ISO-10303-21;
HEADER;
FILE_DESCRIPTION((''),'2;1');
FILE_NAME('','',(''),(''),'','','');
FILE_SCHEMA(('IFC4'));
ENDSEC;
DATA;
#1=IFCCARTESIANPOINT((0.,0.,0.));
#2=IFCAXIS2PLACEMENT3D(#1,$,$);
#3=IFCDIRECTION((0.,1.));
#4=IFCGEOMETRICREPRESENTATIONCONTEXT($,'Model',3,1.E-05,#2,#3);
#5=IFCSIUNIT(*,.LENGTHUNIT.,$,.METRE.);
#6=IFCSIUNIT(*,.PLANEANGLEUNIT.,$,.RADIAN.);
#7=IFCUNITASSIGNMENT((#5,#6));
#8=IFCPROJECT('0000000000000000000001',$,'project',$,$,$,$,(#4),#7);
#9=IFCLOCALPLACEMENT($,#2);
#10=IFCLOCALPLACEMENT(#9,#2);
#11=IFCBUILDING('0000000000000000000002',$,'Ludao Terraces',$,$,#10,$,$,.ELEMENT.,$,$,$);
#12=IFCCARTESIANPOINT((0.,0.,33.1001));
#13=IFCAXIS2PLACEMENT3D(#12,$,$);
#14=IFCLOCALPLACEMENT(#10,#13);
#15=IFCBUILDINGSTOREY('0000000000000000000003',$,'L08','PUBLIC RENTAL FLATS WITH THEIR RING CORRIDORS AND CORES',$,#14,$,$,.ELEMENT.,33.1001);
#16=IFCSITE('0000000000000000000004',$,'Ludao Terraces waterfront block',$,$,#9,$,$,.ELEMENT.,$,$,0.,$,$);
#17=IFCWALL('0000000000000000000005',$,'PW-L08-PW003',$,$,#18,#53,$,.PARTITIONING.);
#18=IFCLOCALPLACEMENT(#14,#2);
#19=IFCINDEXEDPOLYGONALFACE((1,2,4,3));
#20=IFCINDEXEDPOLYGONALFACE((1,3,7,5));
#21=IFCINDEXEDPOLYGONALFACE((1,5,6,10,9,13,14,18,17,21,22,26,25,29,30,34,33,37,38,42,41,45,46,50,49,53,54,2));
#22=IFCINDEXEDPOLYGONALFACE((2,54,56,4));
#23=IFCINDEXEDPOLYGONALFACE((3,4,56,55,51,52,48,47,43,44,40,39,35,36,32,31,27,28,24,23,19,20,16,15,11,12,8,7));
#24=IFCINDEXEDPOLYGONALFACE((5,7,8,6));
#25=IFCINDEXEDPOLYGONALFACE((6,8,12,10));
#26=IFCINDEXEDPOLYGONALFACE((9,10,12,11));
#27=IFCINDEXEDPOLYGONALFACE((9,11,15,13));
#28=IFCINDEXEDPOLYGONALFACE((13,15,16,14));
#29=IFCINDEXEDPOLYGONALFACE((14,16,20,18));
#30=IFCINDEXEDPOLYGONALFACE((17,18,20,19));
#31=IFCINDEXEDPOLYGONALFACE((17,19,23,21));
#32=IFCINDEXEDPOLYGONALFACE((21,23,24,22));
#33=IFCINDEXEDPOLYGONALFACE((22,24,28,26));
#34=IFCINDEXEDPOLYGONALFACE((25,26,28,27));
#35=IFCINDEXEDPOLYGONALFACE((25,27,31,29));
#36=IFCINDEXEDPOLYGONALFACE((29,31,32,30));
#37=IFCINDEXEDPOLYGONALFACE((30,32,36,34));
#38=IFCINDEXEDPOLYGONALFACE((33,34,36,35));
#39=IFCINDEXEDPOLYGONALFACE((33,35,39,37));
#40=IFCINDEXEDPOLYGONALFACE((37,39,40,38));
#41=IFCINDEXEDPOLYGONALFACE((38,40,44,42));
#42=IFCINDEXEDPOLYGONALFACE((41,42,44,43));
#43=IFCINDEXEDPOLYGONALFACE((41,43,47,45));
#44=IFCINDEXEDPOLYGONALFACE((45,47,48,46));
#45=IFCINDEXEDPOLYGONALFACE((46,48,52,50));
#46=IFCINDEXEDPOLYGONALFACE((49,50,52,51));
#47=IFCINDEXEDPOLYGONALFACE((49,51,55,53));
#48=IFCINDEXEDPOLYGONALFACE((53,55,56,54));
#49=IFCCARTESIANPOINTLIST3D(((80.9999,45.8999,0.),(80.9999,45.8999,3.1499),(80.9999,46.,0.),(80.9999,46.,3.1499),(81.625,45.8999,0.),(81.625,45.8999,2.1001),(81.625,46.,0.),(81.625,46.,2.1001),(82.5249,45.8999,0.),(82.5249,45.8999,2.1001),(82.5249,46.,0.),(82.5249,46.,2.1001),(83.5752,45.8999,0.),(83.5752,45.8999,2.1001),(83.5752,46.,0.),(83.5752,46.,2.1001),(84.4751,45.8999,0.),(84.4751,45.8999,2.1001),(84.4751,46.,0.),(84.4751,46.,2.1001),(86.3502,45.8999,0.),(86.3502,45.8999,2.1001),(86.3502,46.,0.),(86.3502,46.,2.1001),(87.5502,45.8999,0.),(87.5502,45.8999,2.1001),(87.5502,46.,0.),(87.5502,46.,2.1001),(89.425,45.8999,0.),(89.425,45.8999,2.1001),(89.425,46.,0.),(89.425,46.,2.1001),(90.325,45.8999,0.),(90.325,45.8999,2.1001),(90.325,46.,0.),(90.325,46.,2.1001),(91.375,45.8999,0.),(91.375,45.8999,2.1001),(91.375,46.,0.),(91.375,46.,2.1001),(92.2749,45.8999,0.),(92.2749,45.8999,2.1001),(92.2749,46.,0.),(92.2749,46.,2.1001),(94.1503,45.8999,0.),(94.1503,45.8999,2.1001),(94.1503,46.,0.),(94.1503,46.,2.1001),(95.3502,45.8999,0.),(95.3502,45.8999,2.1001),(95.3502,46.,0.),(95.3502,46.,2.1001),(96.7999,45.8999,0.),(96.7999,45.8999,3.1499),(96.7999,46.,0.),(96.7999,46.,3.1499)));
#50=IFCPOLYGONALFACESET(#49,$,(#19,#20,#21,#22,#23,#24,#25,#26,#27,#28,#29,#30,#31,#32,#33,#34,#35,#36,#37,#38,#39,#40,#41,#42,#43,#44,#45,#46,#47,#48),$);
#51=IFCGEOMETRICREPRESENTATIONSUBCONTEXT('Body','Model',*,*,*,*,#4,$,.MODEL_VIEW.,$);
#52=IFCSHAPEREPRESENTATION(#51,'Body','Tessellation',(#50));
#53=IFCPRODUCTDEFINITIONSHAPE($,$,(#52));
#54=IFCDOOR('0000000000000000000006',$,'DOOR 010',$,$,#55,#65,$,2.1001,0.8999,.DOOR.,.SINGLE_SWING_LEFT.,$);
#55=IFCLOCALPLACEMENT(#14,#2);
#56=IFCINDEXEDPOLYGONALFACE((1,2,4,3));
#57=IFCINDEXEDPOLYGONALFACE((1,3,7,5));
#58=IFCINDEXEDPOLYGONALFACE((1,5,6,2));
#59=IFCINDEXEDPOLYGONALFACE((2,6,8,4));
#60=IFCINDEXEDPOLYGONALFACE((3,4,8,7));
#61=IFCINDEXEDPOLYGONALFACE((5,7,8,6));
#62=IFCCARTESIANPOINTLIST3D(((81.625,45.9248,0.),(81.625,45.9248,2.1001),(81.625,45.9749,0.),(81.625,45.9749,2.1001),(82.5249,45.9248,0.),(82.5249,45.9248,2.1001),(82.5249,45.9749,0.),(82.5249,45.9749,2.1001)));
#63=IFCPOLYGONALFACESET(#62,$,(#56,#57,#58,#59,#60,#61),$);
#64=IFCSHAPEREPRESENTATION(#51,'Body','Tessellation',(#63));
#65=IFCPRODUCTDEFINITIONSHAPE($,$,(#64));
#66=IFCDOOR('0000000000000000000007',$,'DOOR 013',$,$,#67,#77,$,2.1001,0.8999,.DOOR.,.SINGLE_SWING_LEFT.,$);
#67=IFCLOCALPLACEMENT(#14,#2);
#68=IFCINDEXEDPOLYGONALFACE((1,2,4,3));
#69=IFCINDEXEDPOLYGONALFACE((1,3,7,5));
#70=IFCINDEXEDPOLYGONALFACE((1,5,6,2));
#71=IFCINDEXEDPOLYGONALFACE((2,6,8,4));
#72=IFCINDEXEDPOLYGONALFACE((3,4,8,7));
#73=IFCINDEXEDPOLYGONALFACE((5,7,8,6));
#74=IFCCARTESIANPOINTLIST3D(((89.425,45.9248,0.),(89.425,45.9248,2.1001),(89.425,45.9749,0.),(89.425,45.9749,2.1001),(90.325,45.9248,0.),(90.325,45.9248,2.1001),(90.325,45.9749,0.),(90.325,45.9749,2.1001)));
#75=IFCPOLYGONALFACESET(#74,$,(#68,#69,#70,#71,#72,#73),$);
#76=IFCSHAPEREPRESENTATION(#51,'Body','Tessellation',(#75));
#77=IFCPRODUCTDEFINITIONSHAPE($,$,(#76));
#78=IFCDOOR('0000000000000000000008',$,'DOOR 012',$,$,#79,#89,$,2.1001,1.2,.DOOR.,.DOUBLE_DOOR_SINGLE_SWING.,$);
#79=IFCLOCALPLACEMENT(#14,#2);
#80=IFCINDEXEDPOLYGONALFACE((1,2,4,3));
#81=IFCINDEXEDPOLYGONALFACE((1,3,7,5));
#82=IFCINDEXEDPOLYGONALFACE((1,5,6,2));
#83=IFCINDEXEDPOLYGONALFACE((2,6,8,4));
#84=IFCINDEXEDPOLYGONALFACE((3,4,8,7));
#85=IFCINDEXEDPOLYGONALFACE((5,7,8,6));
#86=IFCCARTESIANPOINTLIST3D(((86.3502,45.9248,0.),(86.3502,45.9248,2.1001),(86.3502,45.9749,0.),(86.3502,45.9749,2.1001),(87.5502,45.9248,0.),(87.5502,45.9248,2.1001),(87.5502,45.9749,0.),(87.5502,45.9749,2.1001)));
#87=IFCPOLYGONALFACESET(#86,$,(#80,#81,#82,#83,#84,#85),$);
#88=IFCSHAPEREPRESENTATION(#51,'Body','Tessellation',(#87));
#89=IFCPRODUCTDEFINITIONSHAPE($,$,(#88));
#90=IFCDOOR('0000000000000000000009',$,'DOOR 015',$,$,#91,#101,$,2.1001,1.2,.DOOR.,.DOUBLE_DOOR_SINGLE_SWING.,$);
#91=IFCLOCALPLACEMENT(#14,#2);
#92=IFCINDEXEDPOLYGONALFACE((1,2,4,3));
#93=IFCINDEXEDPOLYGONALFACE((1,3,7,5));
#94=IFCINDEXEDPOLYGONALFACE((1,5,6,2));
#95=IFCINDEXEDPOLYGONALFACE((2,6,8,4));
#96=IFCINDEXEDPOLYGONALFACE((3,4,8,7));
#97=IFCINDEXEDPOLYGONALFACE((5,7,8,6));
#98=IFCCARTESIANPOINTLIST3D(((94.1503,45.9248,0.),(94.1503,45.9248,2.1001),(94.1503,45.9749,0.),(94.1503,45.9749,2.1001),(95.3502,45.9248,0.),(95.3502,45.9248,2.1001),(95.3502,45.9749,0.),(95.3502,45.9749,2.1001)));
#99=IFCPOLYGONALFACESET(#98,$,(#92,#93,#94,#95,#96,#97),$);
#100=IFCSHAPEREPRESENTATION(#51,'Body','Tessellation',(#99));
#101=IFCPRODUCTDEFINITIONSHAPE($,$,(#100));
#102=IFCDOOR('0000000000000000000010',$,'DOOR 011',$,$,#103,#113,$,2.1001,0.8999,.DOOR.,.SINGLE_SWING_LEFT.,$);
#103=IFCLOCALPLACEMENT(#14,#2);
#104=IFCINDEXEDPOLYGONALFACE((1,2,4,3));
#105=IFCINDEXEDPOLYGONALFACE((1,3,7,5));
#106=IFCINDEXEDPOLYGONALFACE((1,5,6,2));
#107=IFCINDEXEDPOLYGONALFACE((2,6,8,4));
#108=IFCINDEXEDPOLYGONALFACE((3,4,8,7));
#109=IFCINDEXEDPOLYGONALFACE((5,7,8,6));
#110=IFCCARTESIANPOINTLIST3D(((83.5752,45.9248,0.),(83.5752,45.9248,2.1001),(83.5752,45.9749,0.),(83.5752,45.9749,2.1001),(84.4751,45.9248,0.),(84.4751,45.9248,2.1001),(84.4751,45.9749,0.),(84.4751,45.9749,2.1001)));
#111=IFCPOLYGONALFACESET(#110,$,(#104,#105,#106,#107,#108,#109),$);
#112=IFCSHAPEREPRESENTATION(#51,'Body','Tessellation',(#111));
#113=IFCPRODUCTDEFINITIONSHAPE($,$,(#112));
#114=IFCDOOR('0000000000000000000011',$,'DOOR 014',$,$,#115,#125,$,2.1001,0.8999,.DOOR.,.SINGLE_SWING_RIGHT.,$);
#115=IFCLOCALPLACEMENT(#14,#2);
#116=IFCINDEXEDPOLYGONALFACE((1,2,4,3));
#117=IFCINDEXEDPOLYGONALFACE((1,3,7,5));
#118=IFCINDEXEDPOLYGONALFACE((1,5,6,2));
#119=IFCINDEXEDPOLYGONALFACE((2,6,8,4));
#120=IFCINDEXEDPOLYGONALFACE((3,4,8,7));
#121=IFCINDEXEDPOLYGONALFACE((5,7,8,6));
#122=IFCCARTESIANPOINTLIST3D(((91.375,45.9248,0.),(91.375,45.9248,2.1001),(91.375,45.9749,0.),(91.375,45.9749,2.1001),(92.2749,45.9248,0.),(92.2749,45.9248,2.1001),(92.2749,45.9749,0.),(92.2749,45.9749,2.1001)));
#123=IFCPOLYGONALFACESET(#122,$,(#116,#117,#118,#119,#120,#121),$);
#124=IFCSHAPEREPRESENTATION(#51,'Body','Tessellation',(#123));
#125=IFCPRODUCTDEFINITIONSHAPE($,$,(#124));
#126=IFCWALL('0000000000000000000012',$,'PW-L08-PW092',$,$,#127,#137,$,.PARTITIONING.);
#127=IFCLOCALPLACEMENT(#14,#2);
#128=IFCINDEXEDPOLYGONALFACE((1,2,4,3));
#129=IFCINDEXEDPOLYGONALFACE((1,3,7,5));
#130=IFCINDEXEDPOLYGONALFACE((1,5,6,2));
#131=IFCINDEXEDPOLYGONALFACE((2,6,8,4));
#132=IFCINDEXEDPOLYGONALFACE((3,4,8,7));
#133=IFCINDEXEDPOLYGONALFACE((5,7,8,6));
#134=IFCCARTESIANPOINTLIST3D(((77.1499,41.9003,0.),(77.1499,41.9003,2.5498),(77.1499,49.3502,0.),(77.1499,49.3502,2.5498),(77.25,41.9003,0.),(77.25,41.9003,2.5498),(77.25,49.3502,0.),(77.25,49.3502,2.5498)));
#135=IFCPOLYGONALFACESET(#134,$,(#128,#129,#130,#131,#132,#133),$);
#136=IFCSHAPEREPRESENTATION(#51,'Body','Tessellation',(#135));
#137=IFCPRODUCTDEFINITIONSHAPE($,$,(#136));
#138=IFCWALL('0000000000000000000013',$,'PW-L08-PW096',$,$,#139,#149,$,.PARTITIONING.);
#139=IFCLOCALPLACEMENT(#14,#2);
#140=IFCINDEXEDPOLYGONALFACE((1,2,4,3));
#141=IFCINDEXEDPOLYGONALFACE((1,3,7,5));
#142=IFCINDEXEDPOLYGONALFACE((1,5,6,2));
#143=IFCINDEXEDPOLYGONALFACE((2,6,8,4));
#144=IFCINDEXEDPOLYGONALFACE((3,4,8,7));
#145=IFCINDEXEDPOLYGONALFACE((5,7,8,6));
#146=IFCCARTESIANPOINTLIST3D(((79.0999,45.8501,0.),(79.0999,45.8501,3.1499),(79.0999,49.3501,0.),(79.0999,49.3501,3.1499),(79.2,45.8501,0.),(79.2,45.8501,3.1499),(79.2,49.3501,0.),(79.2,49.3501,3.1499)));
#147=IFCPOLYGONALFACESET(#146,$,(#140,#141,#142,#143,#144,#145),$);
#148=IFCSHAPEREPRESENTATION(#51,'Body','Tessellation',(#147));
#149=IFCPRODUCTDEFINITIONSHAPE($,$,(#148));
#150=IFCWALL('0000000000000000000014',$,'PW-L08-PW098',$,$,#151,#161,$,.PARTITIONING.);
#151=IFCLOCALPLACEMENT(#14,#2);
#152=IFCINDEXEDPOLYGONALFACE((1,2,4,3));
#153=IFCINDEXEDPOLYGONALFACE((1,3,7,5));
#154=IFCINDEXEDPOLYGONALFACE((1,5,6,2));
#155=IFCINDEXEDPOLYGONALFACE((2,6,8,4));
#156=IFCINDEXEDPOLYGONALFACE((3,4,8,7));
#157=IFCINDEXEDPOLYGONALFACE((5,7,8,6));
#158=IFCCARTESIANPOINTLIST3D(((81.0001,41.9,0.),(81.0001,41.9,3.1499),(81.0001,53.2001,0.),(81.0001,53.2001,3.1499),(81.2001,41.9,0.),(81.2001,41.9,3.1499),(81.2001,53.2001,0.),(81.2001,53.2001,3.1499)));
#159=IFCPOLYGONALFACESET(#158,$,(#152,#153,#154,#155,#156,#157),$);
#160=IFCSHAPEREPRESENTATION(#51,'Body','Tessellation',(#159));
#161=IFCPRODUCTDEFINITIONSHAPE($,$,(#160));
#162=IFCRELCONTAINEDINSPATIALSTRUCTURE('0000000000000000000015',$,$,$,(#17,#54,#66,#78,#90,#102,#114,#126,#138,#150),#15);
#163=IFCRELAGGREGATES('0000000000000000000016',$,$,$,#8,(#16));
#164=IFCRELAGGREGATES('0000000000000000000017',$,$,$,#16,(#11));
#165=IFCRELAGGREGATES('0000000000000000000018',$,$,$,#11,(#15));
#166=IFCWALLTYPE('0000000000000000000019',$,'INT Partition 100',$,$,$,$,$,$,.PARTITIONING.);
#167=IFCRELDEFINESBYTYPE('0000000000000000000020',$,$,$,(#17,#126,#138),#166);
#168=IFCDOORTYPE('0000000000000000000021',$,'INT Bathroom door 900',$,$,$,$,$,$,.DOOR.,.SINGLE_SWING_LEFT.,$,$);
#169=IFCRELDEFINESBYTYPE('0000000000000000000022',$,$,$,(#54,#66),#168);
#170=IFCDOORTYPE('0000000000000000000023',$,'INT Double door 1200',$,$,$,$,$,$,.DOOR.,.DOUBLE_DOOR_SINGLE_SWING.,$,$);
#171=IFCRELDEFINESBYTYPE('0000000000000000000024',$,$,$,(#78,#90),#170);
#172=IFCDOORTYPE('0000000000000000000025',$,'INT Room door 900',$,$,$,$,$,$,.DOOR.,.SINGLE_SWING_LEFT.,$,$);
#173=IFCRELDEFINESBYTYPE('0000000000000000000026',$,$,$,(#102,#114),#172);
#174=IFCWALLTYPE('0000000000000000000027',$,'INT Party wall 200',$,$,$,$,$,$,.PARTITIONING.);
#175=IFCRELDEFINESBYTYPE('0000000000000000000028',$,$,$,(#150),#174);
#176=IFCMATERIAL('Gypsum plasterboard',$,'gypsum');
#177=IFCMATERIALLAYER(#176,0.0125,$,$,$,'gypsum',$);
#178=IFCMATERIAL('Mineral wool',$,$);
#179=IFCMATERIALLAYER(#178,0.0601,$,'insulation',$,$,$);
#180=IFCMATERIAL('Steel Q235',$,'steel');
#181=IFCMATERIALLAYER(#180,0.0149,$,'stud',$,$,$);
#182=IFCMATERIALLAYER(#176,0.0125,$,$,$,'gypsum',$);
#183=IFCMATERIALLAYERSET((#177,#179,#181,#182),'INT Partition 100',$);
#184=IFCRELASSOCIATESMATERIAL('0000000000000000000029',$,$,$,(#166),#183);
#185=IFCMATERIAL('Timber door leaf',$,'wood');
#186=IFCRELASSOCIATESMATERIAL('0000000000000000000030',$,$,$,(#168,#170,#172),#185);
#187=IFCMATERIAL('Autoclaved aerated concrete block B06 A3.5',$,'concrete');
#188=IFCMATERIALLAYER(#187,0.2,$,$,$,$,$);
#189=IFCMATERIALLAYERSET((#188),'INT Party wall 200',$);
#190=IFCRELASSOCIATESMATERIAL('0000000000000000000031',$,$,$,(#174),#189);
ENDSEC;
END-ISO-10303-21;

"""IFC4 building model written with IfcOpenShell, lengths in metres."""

from ifc_helpers import new_model, si_unit, direction, frame, frame_2d, origin, place, context, subcontext, project, spatial, rectangle, extrude, material, layer, layer_set, type_object, element, fill, save


model = new_model("IFC4")

# Units and contexts
model_context = context("Model", 3, precision=1e-05, world=origin(), true_north=direction((0.0, 1.0)))
body_context = subcontext(model_context, "Body", "Model", "MODEL_VIEW")
ifc_project = project(units=[si_unit("LENGTHUNIT", "METRE"), si_unit("PLANEANGLEUNIT", "RADIAN")], contexts=[model_context])

# Site, building, storey
site_placement = place(None, origin())
site = spatial("IfcSite", under=ifc_project, at=site_placement, Name="Ludao Terraces waterfront block", CompositionType="ELEMENT", RefElevation=0.0)
building_placement = place(site_placement, origin())
building = spatial("IfcBuilding", under=site, at=building_placement, Name="Ludao Terraces", CompositionType="ELEMENT")
storey_placement = place(building_placement, frame((0.0, 0.0, 33.1001)))
storey = spatial("IfcBuildingStorey", under=building, at=storey_placement, Name="L08", Description="PUBLIC RENTAL FLATS WITH THEIR RING CORRIDORS AND CORES", CompositionType="ELEMENT", Elevation=33.1001)

# Wall, openings, doors
ifc_material_1 = material(Name="Gypsum plasterboard", Category="gypsum")
ifc_layer_1 = layer(ifc_material_1, 0.0125, Category="gypsum")
ifc_material_2 = material(Name="Mineral wool")
ifc_layer_2 = layer(ifc_material_2, 0.0601, Name="insulation")
ifc_material_3 = material(Name="Steel Q235", Category="steel")
ifc_layer_3 = layer(ifc_material_3, 0.0149, Name="stud")
ifc_layer_4 = layer(ifc_material_1, 0.0125, Category="gypsum")
ifc_layer_set_1 = layer_set([ifc_layer_1, ifc_layer_2, ifc_layer_3, ifc_layer_4], Name="INT Partition 100")
wall_type_1 = type_object("IfcWallType", Name="INT Partition 100", PredefinedType="PARTITIONING", material=ifc_layer_set_1)
wall_1_placement = place(storey_placement, frame((81.0, 45.95, 0.0), z_axis=(0.0, 0.0, 1.0), x_axis=(1.0, 0.0, 0.0)))
wall_1 = element("IfcWall", 1, at=wall_1_placement, inside=storey, type_object=wall_type_1, Name="PW-L08-PW003", PredefinedType="PARTITIONING", context=body_context, shape_type="SweptSolid", body=[
    extrude(rectangle(XDim=15.8, YDim=0.1001, at=frame_2d((7.8999, 0.0))), origin(), (0.0, 0.0, 1.0), 3.1499),
])
opening_1_placement = place(wall_1_placement, frame((0.625, 0.0, 0.0)))
opening_1 = element("IfcOpeningElement", 2, at=opening_1_placement, cuts=wall_1, PredefinedType="OPENING", context=body_context, shape_type="SweptSolid", body=[
    extrude(rectangle(XDim=0.8999, YDim=2.1001, at=frame_2d((0.45, 1.05))), frame((0.0, 0.0601, 0.0), z_axis=(0.0, -1.0, 0.0), x_axis=(1.0, 0.0, 0.0)), (0.0, 0.0, 1.0), 0.1201),
])
opening_2_placement = place(wall_1_placement, frame((2.5752, 0.0, 0.0)))
opening_2 = element("IfcOpeningElement", 3, at=opening_2_placement, cuts=wall_1, PredefinedType="OPENING", context=body_context, shape_type="SweptSolid", body=[
    extrude(rectangle(XDim=0.8999, YDim=2.1001, at=frame_2d((0.45, 1.05))), frame((0.0, 0.0601, 0.0), z_axis=(0.0, -1.0, 0.0), x_axis=(1.0, 0.0, 0.0)), (0.0, 0.0, 1.0), 0.1201),
])
opening_3_placement = place(wall_1_placement, frame((5.3501, 0.0, 0.0)))
opening_3 = element("IfcOpeningElement", 4, at=opening_3_placement, cuts=wall_1, PredefinedType="OPENING", context=body_context, shape_type="SweptSolid", body=[
    extrude(rectangle(XDim=1.2, YDim=2.1001, at=frame_2d((0.6001, 1.05))), frame((0.0, 0.0601, 0.0), z_axis=(0.0, -1.0, 0.0), x_axis=(1.0, 0.0, 0.0)), (0.0, 0.0, 1.0), 0.1201),
])
opening_4_placement = place(wall_1_placement, frame((8.425, 0.0, 0.0)))
opening_4 = element("IfcOpeningElement", 5, at=opening_4_placement, cuts=wall_1, PredefinedType="OPENING", context=body_context, shape_type="SweptSolid", body=[
    extrude(rectangle(XDim=0.8999, YDim=2.1001, at=frame_2d((0.45, 1.05))), frame((0.0, 0.0601, 0.0), z_axis=(0.0, -1.0, 0.0), x_axis=(1.0, 0.0, 0.0)), (0.0, 0.0, 1.0), 0.1201),
])
opening_5_placement = place(wall_1_placement, frame((10.375, 0.0, 0.0)))
opening_5 = element("IfcOpeningElement", 6, at=opening_5_placement, cuts=wall_1, PredefinedType="OPENING", context=body_context, shape_type="SweptSolid", body=[
    extrude(rectangle(XDim=0.8999, YDim=2.1001, at=frame_2d((0.45, 1.05))), frame((0.0, 0.0601, 0.0), z_axis=(0.0, -1.0, 0.0), x_axis=(1.0, 0.0, 0.0)), (0.0, 0.0, 1.0), 0.1201),
])
opening_6_placement = place(wall_1_placement, frame((13.1501, 0.0, 0.0)))
opening_6 = element("IfcOpeningElement", 7, at=opening_6_placement, cuts=wall_1, PredefinedType="OPENING", context=body_context, shape_type="SweptSolid", body=[
    extrude(rectangle(XDim=1.2, YDim=2.1001, at=frame_2d((0.6001, 1.05))), frame((0.0, 0.0601, 0.0), z_axis=(0.0, -1.0, 0.0), x_axis=(1.0, 0.0, 0.0)), (0.0, 0.0, 1.0), 0.1201),
])
ifc_material_4 = material(Name="Timber door leaf", Category="wood")
door_type_1 = type_object("IfcDoorType", Name="INT Bathroom door 900", OperationType="SINGLE_SWING_LEFT", PredefinedType="DOOR", material=ifc_material_4)
door_1_placement = place(opening_1_placement, origin())
door_1 = element("IfcDoor", 8, at=door_1_placement, inside=storey, type_object=door_type_1, Name="DOOR 010", OperationType="SINGLE_SWING_LEFT", OverallHeight=2.1001, OverallWidth=0.8999, PredefinedType="DOOR", context=body_context, shape_type="SweptSolid", body=[
    extrude(rectangle(XDim=0.8999, YDim=2.1001, at=frame_2d((0.45, 1.05))), frame((0.0, 0.0249, 0.0), z_axis=(0.0, -1.0, 0.0), x_axis=(1.0, 0.0, 0.0)), (0.0, 0.0, 1.0), 0.05),
])
fill(opening_1, door_1)
door_2_placement = place(opening_4_placement, origin())
door_2 = element("IfcDoor", 9, at=door_2_placement, inside=storey, type_object=door_type_1, Name="DOOR 013", OperationType="SINGLE_SWING_LEFT", OverallHeight=2.1001, OverallWidth=0.8999, PredefinedType="DOOR", context=body_context, shape_type="SweptSolid", body=[
    extrude(rectangle(XDim=0.8999, YDim=2.1001, at=frame_2d((0.45, 1.05))), frame((0.0, 0.0249, 0.0), z_axis=(0.0, -1.0, 0.0), x_axis=(1.0, 0.0, 0.0)), (0.0, 0.0, 1.0), 0.05),
])
fill(opening_4, door_2)
door_type_2 = type_object("IfcDoorType", Name="INT Double door 1200", OperationType="DOUBLE_DOOR_SINGLE_SWING", PredefinedType="DOOR", material=ifc_material_4)
door_3_placement = place(opening_3_placement, origin())
door_3 = element("IfcDoor", 10, at=door_3_placement, inside=storey, type_object=door_type_2, Name="DOOR 012", OperationType="DOUBLE_DOOR_SINGLE_SWING", OverallHeight=2.1001, OverallWidth=1.2, PredefinedType="DOOR", context=body_context, shape_type="SweptSolid", body=[
    extrude(rectangle(XDim=1.2, YDim=2.1001, at=frame_2d((0.6001, 1.05))), frame((0.0, 0.0249, 0.0), z_axis=(0.0, -1.0, 0.0), x_axis=(1.0, 0.0, 0.0)), (0.0, 0.0, 1.0), 0.05),
])
fill(opening_3, door_3)
door_4_placement = place(opening_6_placement, origin())
door_4 = element("IfcDoor", 11, at=door_4_placement, inside=storey, type_object=door_type_2, Name="DOOR 015", OperationType="DOUBLE_DOOR_SINGLE_SWING", OverallHeight=2.1001, OverallWidth=1.2, PredefinedType="DOOR", context=body_context, shape_type="SweptSolid", body=[
    extrude(rectangle(XDim=1.2, YDim=2.1001, at=frame_2d((0.6001, 1.05))), frame((0.0, 0.0249, 0.0), z_axis=(0.0, -1.0, 0.0), x_axis=(1.0, 0.0, 0.0)), (0.0, 0.0, 1.0), 0.05),
])
fill(opening_6, door_4)
door_type_3 = type_object("IfcDoorType", Name="INT Room door 900", OperationType="SINGLE_SWING_LEFT", PredefinedType="DOOR", material=ifc_material_4)
door_5_placement = place(opening_2_placement, origin())
door_5 = element("IfcDoor", 12, at=door_5_placement, inside=storey, type_object=door_type_3, Name="DOOR 011", OperationType="SINGLE_SWING_LEFT", OverallHeight=2.1001, OverallWidth=0.8999, PredefinedType="DOOR", context=body_context, shape_type="SweptSolid", body=[
    extrude(rectangle(XDim=0.8999, YDim=2.1001, at=frame_2d((0.45, 1.05))), frame((0.0, 0.0249, 0.0), z_axis=(0.0, -1.0, 0.0), x_axis=(1.0, 0.0, 0.0)), (0.0, 0.0, 1.0), 0.05),
])
fill(opening_2, door_5)
door_6_placement = place(opening_5_placement, origin())
door_6 = element("IfcDoor", 13, at=door_6_placement, inside=storey, type_object=door_type_3, Name="DOOR 014", OperationType="SINGLE_SWING_RIGHT", OverallHeight=2.1001, OverallWidth=0.8999, PredefinedType="DOOR", context=body_context, shape_type="SweptSolid", body=[
    extrude(rectangle(XDim=0.8999, YDim=2.1001, at=frame_2d((0.45, 1.05))), frame((0.0, 0.0249, 0.0), z_axis=(0.0, -1.0, 0.0), x_axis=(1.0, 0.0, 0.0)), (0.0, 0.0, 1.0), 0.05),
])
fill(opening_5, door_6)

# Walls
wall_2_placement = place(storey_placement, frame((77.2, 41.9001, 0.0), z_axis=(0.0, 0.0, 1.0), x_axis=(0.0, 1.0, 0.0)))
element("IfcWall", 14, at=wall_2_placement, inside=storey, type_object=wall_type_1, Name="PW-L08-PW092", PredefinedType="PARTITIONING", context=body_context, shape_type="SweptSolid", body=[
    extrude(rectangle(XDim=7.45, YDim=0.1001, at=frame_2d((3.7251, 0.0))), origin(), (0.0, 0.0, 1.0), 2.5498),
])
wall_3_placement = place(storey_placement, frame((79.1499, 45.8501, 0.0), z_axis=(0.0, 0.0, 1.0), x_axis=(0.0, 1.0, 0.0)))
element("IfcWall", 15, at=wall_3_placement, inside=storey, type_object=wall_type_1, Name="PW-L08-PW096", PredefinedType="PARTITIONING", context=body_context, shape_type="SweptSolid", body=[
    extrude(rectangle(XDim=3.5, YDim=0.1001, at=frame_2d((1.75, 0.0))), origin(), (0.0, 0.0, 1.0), 3.1499),
])
ifc_material_5 = material(Name="Autoclaved aerated concrete block B06 A3.5", Category="concrete")
ifc_layer_5 = layer(ifc_material_5, 0.2)
ifc_layer_set_2 = layer_set([ifc_layer_5], Name="INT Party wall 200")
wall_type_2 = type_object("IfcWallType", Name="INT Party wall 200", PredefinedType="PARTITIONING", material=ifc_layer_set_2)
wall_4_placement = place(storey_placement, frame((81.1001, 41.9001, 0.0), z_axis=(0.0, 0.0, 1.0), x_axis=(0.0, 1.0, 0.0)))
element("IfcWall", 16, at=wall_4_placement, inside=storey, type_object=wall_type_2, Name="PW-L08-PW098", PredefinedType="PARTITIONING", context=body_context, shape_type="SweptSolid", body=[
    extrude(rectangle(XDim=11.3, YDim=0.2, at=frame_2d((5.6499, 0.0))), origin(), (0.0, 0.0, 1.0), 3.1499),
])

save(model, "model.ifc")
